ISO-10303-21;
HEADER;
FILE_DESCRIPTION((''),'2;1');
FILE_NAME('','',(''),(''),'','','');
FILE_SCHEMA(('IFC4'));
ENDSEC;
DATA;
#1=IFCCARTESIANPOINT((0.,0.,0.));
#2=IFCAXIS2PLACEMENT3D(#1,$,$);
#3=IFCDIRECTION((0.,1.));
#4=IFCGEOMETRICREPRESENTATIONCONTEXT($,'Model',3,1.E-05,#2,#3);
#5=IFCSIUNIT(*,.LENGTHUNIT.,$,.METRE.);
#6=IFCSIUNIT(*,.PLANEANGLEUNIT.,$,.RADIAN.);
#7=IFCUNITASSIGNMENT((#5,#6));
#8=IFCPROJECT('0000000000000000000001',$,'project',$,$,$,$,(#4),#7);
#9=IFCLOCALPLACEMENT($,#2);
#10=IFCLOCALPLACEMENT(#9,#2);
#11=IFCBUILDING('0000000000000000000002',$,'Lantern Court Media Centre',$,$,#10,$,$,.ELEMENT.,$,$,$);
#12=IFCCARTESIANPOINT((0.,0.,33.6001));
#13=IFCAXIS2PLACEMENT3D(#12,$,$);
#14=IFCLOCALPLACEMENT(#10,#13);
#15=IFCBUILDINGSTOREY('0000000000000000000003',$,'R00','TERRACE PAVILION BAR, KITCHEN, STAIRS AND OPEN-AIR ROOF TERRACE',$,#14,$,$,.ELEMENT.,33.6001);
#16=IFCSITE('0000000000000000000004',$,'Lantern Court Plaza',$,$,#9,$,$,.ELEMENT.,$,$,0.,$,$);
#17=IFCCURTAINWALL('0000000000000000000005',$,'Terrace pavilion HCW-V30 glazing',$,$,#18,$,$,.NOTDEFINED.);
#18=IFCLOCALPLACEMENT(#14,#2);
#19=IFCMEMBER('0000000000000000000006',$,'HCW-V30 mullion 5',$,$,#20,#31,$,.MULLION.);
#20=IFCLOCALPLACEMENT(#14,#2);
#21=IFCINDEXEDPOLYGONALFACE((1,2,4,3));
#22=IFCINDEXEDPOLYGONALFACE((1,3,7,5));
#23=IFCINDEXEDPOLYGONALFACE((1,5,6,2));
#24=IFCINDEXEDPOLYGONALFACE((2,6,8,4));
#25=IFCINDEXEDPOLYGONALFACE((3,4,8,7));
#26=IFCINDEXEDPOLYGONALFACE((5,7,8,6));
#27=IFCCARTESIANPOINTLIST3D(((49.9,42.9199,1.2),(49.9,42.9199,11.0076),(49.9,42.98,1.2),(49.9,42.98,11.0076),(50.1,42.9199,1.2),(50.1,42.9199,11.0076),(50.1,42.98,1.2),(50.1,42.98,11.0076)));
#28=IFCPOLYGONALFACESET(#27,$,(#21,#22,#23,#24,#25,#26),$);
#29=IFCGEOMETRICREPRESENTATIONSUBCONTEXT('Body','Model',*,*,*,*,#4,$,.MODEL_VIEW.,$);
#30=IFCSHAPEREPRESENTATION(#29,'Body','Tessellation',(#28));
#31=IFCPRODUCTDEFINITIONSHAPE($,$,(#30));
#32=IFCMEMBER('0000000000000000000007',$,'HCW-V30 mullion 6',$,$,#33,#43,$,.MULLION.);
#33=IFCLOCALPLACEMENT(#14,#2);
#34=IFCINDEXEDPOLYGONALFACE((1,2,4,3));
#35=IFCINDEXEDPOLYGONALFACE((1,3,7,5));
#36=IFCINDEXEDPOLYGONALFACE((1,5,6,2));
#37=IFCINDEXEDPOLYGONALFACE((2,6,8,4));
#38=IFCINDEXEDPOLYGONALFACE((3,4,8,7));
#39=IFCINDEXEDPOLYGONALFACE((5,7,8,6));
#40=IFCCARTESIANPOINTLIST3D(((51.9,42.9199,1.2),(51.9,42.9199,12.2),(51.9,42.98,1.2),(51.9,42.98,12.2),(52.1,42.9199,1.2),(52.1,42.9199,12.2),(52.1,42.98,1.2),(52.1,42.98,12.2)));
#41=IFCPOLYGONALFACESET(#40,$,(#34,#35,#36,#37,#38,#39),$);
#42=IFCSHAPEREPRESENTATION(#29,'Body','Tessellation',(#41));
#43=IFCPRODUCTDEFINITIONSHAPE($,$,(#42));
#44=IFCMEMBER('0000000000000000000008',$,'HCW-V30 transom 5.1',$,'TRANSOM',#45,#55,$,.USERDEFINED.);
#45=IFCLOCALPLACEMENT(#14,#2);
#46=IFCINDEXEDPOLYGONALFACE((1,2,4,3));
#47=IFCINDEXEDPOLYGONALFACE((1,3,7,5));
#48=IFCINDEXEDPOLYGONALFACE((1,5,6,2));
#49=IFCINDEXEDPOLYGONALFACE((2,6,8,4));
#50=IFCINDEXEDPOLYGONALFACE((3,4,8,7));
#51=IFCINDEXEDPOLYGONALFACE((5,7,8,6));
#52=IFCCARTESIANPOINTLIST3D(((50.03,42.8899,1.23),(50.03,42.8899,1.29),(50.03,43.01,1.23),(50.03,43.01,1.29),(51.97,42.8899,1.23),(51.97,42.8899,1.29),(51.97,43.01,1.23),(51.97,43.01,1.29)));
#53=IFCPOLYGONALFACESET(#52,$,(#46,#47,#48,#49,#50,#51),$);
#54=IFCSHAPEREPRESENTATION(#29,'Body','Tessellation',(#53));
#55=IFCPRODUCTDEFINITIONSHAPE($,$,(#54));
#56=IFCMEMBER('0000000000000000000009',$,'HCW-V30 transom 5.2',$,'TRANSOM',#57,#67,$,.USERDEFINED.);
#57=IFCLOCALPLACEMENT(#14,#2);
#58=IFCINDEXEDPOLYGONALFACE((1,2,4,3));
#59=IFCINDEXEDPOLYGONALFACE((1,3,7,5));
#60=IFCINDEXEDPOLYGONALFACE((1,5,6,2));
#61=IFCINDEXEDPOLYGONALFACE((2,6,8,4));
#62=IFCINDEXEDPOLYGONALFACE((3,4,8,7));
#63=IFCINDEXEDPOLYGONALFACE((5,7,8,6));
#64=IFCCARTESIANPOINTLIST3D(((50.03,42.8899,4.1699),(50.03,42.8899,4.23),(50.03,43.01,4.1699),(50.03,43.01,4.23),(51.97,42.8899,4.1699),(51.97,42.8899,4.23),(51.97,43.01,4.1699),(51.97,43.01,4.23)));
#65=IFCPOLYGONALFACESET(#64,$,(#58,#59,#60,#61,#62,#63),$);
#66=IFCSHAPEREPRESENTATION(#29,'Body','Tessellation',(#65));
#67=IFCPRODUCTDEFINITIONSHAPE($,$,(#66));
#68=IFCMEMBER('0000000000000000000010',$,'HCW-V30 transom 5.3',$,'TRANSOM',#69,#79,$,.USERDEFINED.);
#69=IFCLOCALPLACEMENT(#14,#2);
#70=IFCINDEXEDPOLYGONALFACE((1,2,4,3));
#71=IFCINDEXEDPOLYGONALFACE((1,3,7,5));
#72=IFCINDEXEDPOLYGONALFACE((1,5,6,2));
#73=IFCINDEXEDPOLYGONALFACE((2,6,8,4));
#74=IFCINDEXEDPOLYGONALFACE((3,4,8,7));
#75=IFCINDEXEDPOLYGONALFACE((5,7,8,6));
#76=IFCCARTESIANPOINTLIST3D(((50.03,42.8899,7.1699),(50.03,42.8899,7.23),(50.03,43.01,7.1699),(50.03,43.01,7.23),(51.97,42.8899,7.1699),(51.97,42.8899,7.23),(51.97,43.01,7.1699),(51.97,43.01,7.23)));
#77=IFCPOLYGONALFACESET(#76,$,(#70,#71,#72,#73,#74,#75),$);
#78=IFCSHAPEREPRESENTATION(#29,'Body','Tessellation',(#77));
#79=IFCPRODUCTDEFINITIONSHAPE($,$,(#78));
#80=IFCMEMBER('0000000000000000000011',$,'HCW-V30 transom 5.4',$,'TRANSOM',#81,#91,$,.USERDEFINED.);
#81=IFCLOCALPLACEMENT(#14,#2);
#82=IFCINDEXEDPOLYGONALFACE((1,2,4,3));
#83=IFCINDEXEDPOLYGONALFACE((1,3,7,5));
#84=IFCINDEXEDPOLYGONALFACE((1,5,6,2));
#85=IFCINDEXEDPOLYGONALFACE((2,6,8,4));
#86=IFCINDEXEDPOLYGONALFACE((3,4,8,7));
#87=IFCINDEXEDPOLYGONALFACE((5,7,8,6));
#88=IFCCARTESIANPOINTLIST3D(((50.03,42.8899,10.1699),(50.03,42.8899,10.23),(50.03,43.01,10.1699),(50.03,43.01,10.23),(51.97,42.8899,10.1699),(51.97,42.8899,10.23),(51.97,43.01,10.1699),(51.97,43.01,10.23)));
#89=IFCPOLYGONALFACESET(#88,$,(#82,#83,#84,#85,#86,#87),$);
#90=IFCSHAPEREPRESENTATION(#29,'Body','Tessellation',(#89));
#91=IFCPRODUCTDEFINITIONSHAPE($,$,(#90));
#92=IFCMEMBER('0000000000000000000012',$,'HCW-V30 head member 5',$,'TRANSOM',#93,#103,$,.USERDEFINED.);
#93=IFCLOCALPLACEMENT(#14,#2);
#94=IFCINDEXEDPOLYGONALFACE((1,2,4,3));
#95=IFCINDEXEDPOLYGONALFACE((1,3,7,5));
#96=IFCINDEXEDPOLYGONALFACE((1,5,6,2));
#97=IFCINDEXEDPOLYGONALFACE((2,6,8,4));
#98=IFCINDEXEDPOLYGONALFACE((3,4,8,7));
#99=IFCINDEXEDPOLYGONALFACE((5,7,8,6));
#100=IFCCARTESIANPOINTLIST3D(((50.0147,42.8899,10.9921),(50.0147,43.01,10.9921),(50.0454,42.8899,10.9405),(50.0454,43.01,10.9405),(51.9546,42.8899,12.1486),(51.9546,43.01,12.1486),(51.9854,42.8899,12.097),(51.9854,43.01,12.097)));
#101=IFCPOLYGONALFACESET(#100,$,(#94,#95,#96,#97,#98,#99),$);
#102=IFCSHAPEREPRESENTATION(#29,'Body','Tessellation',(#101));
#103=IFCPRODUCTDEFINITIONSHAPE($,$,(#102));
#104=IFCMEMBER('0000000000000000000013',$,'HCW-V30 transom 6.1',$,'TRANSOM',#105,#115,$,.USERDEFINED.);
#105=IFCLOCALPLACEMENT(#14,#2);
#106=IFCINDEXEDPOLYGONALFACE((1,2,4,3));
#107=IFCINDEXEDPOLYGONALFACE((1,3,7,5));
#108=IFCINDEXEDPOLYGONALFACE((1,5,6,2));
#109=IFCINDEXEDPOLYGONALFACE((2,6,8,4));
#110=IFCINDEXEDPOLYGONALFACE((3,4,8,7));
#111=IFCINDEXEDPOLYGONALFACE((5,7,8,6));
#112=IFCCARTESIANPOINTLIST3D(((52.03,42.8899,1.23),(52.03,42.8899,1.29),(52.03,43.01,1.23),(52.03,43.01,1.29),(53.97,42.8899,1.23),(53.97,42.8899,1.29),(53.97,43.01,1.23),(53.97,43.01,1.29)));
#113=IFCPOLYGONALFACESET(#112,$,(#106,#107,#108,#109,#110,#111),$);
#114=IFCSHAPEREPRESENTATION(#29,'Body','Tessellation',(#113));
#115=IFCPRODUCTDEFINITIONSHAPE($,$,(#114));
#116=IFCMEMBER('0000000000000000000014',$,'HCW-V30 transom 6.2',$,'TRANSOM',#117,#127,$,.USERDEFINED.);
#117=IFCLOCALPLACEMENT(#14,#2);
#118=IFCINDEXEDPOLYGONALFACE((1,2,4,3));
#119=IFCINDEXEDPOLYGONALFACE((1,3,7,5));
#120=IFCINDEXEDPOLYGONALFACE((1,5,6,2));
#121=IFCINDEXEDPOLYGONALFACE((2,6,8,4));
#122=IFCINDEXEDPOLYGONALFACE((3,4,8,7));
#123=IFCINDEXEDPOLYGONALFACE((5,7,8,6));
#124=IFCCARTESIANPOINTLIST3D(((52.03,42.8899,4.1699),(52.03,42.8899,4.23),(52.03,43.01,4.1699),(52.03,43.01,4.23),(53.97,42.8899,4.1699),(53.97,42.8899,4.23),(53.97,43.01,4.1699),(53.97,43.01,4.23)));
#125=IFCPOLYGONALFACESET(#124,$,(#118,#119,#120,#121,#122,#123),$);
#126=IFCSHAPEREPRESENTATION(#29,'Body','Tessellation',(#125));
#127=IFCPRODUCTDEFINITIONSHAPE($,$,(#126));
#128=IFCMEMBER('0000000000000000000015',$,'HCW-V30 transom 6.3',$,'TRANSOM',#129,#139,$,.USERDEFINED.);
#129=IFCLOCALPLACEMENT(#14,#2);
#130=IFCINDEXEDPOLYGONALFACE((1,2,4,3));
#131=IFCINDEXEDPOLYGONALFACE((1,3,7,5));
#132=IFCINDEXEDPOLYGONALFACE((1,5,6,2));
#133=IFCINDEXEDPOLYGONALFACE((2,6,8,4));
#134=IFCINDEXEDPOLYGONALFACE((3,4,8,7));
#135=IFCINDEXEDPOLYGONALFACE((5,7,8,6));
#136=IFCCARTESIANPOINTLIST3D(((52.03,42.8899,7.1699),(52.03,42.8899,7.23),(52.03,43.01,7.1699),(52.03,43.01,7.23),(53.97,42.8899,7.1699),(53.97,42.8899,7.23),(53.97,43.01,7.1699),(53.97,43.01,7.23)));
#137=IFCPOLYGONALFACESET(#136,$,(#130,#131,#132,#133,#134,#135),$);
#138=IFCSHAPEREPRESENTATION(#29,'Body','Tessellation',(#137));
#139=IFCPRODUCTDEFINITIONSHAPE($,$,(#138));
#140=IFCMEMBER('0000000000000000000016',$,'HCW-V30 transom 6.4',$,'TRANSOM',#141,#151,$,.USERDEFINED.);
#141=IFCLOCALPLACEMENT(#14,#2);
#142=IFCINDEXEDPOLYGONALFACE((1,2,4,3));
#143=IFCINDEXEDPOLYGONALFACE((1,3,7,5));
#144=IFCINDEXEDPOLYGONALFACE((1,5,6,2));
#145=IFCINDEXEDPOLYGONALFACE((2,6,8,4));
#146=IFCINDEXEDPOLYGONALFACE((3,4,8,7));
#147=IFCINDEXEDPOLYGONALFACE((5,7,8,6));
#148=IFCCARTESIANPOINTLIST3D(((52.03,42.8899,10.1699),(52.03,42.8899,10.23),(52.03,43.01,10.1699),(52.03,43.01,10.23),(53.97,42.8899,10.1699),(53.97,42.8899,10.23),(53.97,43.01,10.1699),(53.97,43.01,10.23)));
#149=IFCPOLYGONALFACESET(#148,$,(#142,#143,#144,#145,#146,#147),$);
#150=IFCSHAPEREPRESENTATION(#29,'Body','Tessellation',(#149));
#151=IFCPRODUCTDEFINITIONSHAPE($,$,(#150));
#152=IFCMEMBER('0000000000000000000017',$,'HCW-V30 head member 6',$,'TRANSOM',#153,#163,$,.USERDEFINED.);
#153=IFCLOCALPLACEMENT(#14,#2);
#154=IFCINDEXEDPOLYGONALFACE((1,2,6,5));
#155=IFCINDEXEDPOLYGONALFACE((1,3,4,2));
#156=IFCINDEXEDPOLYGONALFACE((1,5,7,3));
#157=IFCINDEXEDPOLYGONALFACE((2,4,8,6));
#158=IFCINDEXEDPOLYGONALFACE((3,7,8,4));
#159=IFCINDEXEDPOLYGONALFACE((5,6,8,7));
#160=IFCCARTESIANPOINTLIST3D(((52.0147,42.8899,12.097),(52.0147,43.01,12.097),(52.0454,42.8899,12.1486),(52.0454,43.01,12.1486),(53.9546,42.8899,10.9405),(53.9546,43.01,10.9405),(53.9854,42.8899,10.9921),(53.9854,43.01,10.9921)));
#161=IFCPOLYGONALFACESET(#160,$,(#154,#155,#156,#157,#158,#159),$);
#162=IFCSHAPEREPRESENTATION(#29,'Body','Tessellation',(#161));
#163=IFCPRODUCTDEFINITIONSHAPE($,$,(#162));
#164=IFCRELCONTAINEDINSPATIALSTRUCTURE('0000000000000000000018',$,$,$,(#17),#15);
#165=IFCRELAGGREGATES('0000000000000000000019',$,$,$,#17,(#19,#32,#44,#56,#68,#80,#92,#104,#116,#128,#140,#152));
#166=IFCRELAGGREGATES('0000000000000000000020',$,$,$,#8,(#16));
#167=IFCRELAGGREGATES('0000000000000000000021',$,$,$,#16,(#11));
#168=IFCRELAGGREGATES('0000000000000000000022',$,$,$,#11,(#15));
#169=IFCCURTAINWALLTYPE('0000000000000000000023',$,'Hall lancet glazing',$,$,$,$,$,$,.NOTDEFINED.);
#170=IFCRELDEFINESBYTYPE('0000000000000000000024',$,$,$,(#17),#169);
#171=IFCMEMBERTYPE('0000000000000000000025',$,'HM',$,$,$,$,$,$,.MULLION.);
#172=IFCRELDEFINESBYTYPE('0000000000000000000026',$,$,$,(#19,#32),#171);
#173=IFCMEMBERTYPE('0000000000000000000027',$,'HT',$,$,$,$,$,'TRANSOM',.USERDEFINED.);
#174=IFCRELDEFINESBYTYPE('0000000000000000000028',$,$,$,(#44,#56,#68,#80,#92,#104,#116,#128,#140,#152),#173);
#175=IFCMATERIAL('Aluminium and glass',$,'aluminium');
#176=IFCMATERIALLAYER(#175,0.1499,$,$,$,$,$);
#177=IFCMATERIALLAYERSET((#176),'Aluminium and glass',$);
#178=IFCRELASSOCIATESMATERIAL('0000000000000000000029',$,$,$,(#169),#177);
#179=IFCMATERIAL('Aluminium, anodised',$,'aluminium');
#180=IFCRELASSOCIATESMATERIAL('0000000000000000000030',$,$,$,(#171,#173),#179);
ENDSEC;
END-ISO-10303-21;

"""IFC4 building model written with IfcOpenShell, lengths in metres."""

from ifc_helpers import new_model, si_unit, direction, frame, origin, origin_2d, place, context, subcontext, project, spatial, rectangle, extrude, material, layer, layer_set, material_profile, profile_set, type_object, element, aggregate, save


model = new_model("IFC4")

# Units and contexts
model_context = context("Model", 3, precision=1e-05, world=origin(), true_north=direction((0.0, 1.0)))
body_context = subcontext(model_context, "Body", "Model", "MODEL_VIEW")
ifc_project = project(units=[si_unit("LENGTHUNIT", "METRE"), si_unit("PLANEANGLEUNIT", "RADIAN")], contexts=[model_context])

# Site, building, storey
site_placement = place(None, origin())
site = spatial("IfcSite", under=ifc_project, at=site_placement, Name="Lantern Court Plaza", CompositionType="ELEMENT", RefElevation=0.0)
building_placement = place(site_placement, origin())
building = spatial("IfcBuilding", under=site, at=building_placement, Name="Lantern Court Media Centre", CompositionType="ELEMENT")
storey_placement = place(building_placement, frame((0.0, 0.0, 33.6001)))
storey = spatial("IfcBuildingStorey", under=building, at=storey_placement, Name="R00", Description="TERRACE PAVILION BAR, KITCHEN, STAIRS AND OPEN-AIR ROOF TERRACE", CompositionType="ELEMENT", Elevation=33.6001)

# Curtain wall, members
ifc_material_1 = material(Name="Aluminium and glass", Category="aluminium")
ifc_layer_1 = layer(ifc_material_1, 0.1499)
ifc_layer_set_1 = layer_set([ifc_layer_1], Name="Aluminium and glass")
curtain_wall_type = type_object("IfcCurtainWallType", Name="Hall lancet glazing", PredefinedType="NOTDEFINED", material=ifc_layer_set_1)
curtain_wall_placement = place(storey_placement, origin())
curtain_wall = element("IfcCurtainWall", 1, at=curtain_wall_placement, inside=storey, type_object=curtain_wall_type, Name="Terrace pavilion HCW-V30 glazing", PredefinedType="NOTDEFINED")
ifc_material_2 = material(Name="Aluminium, anodised", Category="aluminium")
ifc_material_profile_1 = material_profile(ifc_material_2, rectangle(XDim=0.0601, YDim=0.2, at=origin_2d()), Name="HM")
ifc_profile_set_1 = profile_set([ifc_material_profile_1], Name="Aluminium, anodised")
member_type_1 = type_object("IfcMemberType", Name="HM", PredefinedType="MULLION", material=ifc_profile_set_1)
member_1_placement = place(storey_placement, frame((50.0, 42.95, 1.2), z_axis=(0.0, 0.0, 1.0), x_axis=(0.0, 1.0, 0.0)))
member_1 = element("IfcMember", 2, at=member_1_placement, type_object=member_type_1, Name="HCW-V30 mullion 5", PredefinedType="MULLION", context=body_context, shape_type="SweptSolid", body=[
    extrude(rectangle(XDim=0.0601, YDim=0.2, at=origin_2d()), origin(), (0.0, 0.0, 1.0), 9.8076),
])
member_2_placement = place(storey_placement, frame((52.0, 42.95, 1.2), z_axis=(0.0, 0.0, 1.0), x_axis=(0.0, 1.0, 0.0)))
member_2 = element("IfcMember", 3, at=member_2_placement, type_object=member_type_1, Name="HCW-V30 mullion 6", PredefinedType="MULLION", context=body_context, shape_type="SweptSolid", body=[
    extrude(rectangle(XDim=0.0601, YDim=0.2, at=origin_2d()), origin(), (0.0, 0.0, 1.0), 11.0),
])
ifc_material_profile_2 = material_profile(ifc_material_2, rectangle(XDim=0.1201, YDim=0.0601, at=origin_2d()), Name="HT")
ifc_profile_set_2 = profile_set([ifc_material_profile_2], Name="Aluminium, anodised")
member_type_2 = type_object("IfcMemberType", Name="HT", ElementType="TRANSOM", PredefinedType="USERDEFINED", material=ifc_profile_set_2)
member_3_placement = place(storey_placement, frame((50.03, 42.95, 1.26), z_axis=(1.0, 0.0, 0.0), x_axis=(0.0, 1.0, 0.0)))
member_3 = element("IfcMember", 4, at=member_3_placement, type_object=member_type_2, Name="HCW-V30 transom 5.1", ObjectType="TRANSOM", PredefinedType="USERDEFINED", context=body_context, shape_type="SweptSolid", body=[
    extrude(rectangle(XDim=0.1201, YDim=0.0601, at=origin_2d()), origin(), (0.0, 0.0, 1.0), 1.9399),
])
member_4_placement = place(storey_placement, frame((50.03, 42.95, 4.2), z_axis=(1.0, 0.0, 0.0), x_axis=(0.0, 1.0, 0.0)))
member_4 = element("IfcMember", 5, at=member_4_placement, type_object=member_type_2, Name="HCW-V30 transom 5.2", ObjectType="TRANSOM", PredefinedType="USERDEFINED", context=body_context, shape_type="SweptSolid", body=[
    extrude(rectangle(XDim=0.1201, YDim=0.0601, at=origin_2d()), origin(), (0.0, 0.0, 1.0), 1.9399),
])
member_5_placement = place(storey_placement, frame((50.03, 42.95, 7.2), z_axis=(1.0, 0.0, 0.0), x_axis=(0.0, 1.0, 0.0)))
member_5 = element("IfcMember", 6, at=member_5_placement, type_object=member_type_2, Name="HCW-V30 transom 5.3", ObjectType="TRANSOM", PredefinedType="USERDEFINED", context=body_context, shape_type="SweptSolid", body=[
    extrude(rectangle(XDim=0.1201, YDim=0.0601, at=origin_2d()), origin(), (0.0, 0.0, 1.0), 1.9399),
])
member_6_placement = place(storey_placement, frame((50.03, 42.95, 10.2), z_axis=(1.0, 0.0, 0.0), x_axis=(0.0, 1.0, 0.0)))
member_6 = element("IfcMember", 7, at=member_6_placement, type_object=member_type_2, Name="HCW-V30 transom 5.4", ObjectType="TRANSOM", PredefinedType="USERDEFINED", context=body_context, shape_type="SweptSolid", body=[
    extrude(rectangle(XDim=0.1201, YDim=0.0601, at=origin_2d()), origin(), (0.0, 0.0, 1.0), 1.9399),
])
member_7_placement = place(storey_placement, frame((50.03, 42.95, 10.9663), z_axis=(0.858949, 0.0, 0.512061), x_axis=(0.0, 1.0, 0.0)))
member_7 = element("IfcMember", 8, at=member_7_placement, type_object=member_type_2, Name="HCW-V30 head member 5", ObjectType="TRANSOM", PredefinedType="USERDEFINED", context=body_context, shape_type="SweptSolid", body=[
    extrude(rectangle(XDim=0.1201, YDim=0.0601, at=origin_2d()), origin(), (0.0, 0.0, 1.0), 2.2585),
])
member_8_placement = place(storey_placement, frame((52.03, 42.95, 1.26), z_axis=(1.0, 0.0, 0.0), x_axis=(0.0, 1.0, 0.0)))
member_8 = element("IfcMember", 9, at=member_8_placement, type_object=member_type_2, Name="HCW-V30 transom 6.1", ObjectType="TRANSOM", PredefinedType="USERDEFINED", context=body_context, shape_type="SweptSolid", body=[
    extrude(rectangle(XDim=0.1201, YDim=0.0601, at=origin_2d()), origin(), (0.0, 0.0, 1.0), 1.9399),
])
member_9_placement = place(storey_placement, frame((52.03, 42.95, 4.2), z_axis=(1.0, 0.0, 0.0), x_axis=(0.0, 1.0, 0.0)))
member_9 = element("IfcMember", 10, at=member_9_placement, type_object=member_type_2, Name="HCW-V30 transom 6.2", ObjectType="TRANSOM", PredefinedType="USERDEFINED", context=body_context, shape_type="SweptSolid", body=[
    extrude(rectangle(XDim=0.1201, YDim=0.0601, at=origin_2d()), origin(), (0.0, 0.0, 1.0), 1.9399),
])
member_10_placement = place(storey_placement, frame((52.03, 42.95, 7.2), z_axis=(1.0, 0.0, 0.0), x_axis=(0.0, 1.0, 0.0)))
member_10 = element("IfcMember", 11, at=member_10_placement, type_object=member_type_2, Name="HCW-V30 transom 6.3", ObjectType="TRANSOM", PredefinedType="USERDEFINED", context=body_context, shape_type="SweptSolid", body=[
    extrude(rectangle(XDim=0.1201, YDim=0.0601, at=origin_2d()), origin(), (0.0, 0.0, 1.0), 1.9399),
])
member_11_placement = place(storey_placement, frame((52.03, 42.95, 10.2), z_axis=(1.0, 0.0, 0.0), x_axis=(0.0, 1.0, 0.0)))
member_11 = element("IfcMember", 12, at=member_11_placement, type_object=member_type_2, Name="HCW-V30 transom 6.4", ObjectType="TRANSOM", PredefinedType="USERDEFINED", context=body_context, shape_type="SweptSolid", body=[
    extrude(rectangle(XDim=0.1201, YDim=0.0601, at=origin_2d()), origin(), (0.0, 0.0, 1.0), 1.9399),
])
member_12_placement = place(storey_placement, frame((52.03, 42.95, 12.1228), z_axis=(0.858949, 0.0, -0.512061), x_axis=(0.0, 1.0, 0.0)))
member_12 = element("IfcMember", 13, at=member_12_placement, type_object=member_type_2, Name="HCW-V30 head member 6", ObjectType="TRANSOM", PredefinedType="USERDEFINED", context=body_context, shape_type="SweptSolid", body=[
    extrude(rectangle(XDim=0.1201, YDim=0.0601, at=origin_2d()), origin(), (0.0, 0.0, 1.0), 2.2585),
])

aggregate(curtain_wall, [member_1, member_2, member_3, member_4, member_5, member_6, member_7, member_8, member_9, member_10, member_11, member_12])

save(model, "model.ifc")
